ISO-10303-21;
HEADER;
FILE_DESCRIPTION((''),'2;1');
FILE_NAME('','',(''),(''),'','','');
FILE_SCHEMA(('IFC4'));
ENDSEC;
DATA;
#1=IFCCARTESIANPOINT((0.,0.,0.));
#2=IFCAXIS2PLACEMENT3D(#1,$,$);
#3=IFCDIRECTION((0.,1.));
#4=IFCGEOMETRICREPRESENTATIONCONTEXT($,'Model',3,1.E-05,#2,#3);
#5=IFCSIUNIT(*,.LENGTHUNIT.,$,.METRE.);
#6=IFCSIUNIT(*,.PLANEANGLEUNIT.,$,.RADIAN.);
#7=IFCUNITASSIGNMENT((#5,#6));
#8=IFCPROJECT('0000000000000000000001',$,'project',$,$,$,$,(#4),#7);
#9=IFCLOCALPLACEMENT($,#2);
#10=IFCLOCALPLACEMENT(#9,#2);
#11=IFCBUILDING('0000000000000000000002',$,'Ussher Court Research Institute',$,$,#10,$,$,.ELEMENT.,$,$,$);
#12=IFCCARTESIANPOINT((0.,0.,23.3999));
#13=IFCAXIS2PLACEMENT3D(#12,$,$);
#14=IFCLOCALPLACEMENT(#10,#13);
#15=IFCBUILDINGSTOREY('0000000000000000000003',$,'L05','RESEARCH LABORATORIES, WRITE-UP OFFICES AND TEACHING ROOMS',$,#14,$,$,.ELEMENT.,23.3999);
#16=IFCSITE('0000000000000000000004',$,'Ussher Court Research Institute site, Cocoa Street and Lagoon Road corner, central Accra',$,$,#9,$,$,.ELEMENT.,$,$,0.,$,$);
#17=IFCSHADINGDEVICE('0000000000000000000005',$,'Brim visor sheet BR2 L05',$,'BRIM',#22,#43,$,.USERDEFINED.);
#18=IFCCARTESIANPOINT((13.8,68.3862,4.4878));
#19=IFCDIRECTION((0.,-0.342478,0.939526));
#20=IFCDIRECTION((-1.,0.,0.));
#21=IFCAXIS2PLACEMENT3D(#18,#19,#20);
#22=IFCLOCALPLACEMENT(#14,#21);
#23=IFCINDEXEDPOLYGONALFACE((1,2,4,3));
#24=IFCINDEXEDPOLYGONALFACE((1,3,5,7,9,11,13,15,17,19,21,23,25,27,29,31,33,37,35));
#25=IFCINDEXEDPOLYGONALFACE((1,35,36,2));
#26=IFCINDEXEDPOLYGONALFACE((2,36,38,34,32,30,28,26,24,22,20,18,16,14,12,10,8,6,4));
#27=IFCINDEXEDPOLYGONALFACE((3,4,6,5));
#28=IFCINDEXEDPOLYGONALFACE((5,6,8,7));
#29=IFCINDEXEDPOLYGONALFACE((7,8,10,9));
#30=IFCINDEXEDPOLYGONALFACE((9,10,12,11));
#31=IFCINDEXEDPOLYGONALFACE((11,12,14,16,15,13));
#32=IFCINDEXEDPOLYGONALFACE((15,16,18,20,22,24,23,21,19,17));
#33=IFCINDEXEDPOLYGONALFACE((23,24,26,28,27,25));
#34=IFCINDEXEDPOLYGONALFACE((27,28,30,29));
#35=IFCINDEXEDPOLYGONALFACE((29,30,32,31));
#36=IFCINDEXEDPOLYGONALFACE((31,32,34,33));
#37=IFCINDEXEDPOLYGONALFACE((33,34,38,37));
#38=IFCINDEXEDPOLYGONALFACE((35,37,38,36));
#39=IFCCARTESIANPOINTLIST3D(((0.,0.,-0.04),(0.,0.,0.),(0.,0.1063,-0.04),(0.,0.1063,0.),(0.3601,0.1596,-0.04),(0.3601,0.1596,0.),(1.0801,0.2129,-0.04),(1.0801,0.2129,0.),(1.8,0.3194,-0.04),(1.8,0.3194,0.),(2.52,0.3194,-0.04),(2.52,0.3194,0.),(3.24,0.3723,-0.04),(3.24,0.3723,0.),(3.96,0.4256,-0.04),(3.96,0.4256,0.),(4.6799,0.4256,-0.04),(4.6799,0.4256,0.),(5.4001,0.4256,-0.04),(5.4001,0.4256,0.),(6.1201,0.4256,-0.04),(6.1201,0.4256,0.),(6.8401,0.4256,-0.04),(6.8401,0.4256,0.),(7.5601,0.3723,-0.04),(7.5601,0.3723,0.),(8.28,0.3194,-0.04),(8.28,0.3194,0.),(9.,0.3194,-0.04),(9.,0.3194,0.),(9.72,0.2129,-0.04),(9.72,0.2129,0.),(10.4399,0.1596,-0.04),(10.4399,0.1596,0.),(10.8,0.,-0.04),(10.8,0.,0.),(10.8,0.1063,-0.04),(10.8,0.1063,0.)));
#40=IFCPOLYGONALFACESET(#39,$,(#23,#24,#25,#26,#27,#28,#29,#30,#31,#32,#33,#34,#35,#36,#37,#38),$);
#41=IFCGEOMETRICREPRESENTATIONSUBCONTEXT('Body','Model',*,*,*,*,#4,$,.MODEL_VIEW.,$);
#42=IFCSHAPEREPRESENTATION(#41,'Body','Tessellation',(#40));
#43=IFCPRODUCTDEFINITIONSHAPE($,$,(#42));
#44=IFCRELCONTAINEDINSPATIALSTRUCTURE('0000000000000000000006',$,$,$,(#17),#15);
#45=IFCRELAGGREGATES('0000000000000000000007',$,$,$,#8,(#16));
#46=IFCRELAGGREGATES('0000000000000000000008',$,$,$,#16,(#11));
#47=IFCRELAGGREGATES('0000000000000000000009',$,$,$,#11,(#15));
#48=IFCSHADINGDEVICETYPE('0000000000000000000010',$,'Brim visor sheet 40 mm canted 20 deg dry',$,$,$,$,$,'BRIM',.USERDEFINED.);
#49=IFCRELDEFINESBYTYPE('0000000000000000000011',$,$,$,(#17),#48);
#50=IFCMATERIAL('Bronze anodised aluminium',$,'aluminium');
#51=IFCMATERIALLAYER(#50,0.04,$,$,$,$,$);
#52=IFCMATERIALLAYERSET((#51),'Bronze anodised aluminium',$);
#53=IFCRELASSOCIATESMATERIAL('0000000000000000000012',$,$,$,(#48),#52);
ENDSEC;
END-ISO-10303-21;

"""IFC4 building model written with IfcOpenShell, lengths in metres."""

from ifc_helpers import new_model, si_unit, direction, frame, origin, place, context, subcontext, project, spatial, polyline, outline, extrude, material, layer, layer_set, type_object, element, save


model = new_model("IFC4")

# Units and contexts
model_context = context("Model", 3, precision=1e-05, world=origin(), true_north=direction((0.0, 1.0)))
body_context = subcontext(model_context, "Body", "Model", "MODEL_VIEW")
ifc_project = project(units=[si_unit("LENGTHUNIT", "METRE"), si_unit("PLANEANGLEUNIT", "RADIAN")], contexts=[model_context])

# Site, building, storey
site_placement = place(None, origin())
site = spatial("IfcSite", under=ifc_project, at=site_placement, Name="Ussher Court Research Institute site, Cocoa Street and Lagoon Road corner, central Accra", CompositionType="ELEMENT", RefElevation=0.0)
building_placement = place(site_placement, origin())
building = spatial("IfcBuilding", under=site, at=building_placement, Name="Ussher Court Research Institute", CompositionType="ELEMENT")
storey_placement = place(building_placement, frame((0.0, 0.0, 23.3999)))
storey = spatial("IfcBuildingStorey", under=building, at=storey_placement, Name="L05", Description="RESEARCH LABORATORIES, WRITE-UP OFFICES AND TEACHING ROOMS", CompositionType="ELEMENT", Elevation=23.3999)

# Shading device
ifc_material_1 = material(Name="Bronze anodised aluminium", Category="aluminium")
ifc_layer_1 = layer(ifc_material_1, 0.04)
ifc_layer_set_1 = layer_set([ifc_layer_1], Name="Bronze anodised aluminium")
shading_device_type_1 = type_object("IfcShadingDeviceType", Name="Brim visor sheet 40 mm canted 20 deg dry", ElementType="BRIM", PredefinedType="USERDEFINED", material=ifc_layer_set_1)
shading_device_1_placement = place(storey_placement, frame((13.8, 68.3862, 4.4878), z_axis=(0.0, -0.342478, 0.939526), x_axis=(-1.0, 0.0, 0.0)))
element("IfcShadingDevice", 1, at=shading_device_1_placement, inside=storey, type_object=shading_device_type_1, Name="Brim visor sheet BR2 L05", ObjectType="BRIM", PredefinedType="USERDEFINED", context=body_context, shape_type="SweptSolid", body=[
    extrude(outline(polyline([(0.0, 0.0), (10.8, 0.0), (10.8, 0.1063), (10.4399, 0.1596), (9.72, 0.2129), (9.0, 0.3194), (8.28, 0.3194), (7.5601, 0.3723), (6.8401, 0.4256), (6.1201, 0.4256), (5.4001, 0.4256), (4.6799, 0.4256), (3.96, 0.4256), (3.24, 0.3723), (2.52, 0.3194), (1.8, 0.3194), (1.0801, 0.2129), (0.3601, 0.1596), (0.0, 0.1063), (0.0, 0.0)])), origin(), (0.0, 0.0, -1.0), 0.04),
])

save(model, "model.ifc")
